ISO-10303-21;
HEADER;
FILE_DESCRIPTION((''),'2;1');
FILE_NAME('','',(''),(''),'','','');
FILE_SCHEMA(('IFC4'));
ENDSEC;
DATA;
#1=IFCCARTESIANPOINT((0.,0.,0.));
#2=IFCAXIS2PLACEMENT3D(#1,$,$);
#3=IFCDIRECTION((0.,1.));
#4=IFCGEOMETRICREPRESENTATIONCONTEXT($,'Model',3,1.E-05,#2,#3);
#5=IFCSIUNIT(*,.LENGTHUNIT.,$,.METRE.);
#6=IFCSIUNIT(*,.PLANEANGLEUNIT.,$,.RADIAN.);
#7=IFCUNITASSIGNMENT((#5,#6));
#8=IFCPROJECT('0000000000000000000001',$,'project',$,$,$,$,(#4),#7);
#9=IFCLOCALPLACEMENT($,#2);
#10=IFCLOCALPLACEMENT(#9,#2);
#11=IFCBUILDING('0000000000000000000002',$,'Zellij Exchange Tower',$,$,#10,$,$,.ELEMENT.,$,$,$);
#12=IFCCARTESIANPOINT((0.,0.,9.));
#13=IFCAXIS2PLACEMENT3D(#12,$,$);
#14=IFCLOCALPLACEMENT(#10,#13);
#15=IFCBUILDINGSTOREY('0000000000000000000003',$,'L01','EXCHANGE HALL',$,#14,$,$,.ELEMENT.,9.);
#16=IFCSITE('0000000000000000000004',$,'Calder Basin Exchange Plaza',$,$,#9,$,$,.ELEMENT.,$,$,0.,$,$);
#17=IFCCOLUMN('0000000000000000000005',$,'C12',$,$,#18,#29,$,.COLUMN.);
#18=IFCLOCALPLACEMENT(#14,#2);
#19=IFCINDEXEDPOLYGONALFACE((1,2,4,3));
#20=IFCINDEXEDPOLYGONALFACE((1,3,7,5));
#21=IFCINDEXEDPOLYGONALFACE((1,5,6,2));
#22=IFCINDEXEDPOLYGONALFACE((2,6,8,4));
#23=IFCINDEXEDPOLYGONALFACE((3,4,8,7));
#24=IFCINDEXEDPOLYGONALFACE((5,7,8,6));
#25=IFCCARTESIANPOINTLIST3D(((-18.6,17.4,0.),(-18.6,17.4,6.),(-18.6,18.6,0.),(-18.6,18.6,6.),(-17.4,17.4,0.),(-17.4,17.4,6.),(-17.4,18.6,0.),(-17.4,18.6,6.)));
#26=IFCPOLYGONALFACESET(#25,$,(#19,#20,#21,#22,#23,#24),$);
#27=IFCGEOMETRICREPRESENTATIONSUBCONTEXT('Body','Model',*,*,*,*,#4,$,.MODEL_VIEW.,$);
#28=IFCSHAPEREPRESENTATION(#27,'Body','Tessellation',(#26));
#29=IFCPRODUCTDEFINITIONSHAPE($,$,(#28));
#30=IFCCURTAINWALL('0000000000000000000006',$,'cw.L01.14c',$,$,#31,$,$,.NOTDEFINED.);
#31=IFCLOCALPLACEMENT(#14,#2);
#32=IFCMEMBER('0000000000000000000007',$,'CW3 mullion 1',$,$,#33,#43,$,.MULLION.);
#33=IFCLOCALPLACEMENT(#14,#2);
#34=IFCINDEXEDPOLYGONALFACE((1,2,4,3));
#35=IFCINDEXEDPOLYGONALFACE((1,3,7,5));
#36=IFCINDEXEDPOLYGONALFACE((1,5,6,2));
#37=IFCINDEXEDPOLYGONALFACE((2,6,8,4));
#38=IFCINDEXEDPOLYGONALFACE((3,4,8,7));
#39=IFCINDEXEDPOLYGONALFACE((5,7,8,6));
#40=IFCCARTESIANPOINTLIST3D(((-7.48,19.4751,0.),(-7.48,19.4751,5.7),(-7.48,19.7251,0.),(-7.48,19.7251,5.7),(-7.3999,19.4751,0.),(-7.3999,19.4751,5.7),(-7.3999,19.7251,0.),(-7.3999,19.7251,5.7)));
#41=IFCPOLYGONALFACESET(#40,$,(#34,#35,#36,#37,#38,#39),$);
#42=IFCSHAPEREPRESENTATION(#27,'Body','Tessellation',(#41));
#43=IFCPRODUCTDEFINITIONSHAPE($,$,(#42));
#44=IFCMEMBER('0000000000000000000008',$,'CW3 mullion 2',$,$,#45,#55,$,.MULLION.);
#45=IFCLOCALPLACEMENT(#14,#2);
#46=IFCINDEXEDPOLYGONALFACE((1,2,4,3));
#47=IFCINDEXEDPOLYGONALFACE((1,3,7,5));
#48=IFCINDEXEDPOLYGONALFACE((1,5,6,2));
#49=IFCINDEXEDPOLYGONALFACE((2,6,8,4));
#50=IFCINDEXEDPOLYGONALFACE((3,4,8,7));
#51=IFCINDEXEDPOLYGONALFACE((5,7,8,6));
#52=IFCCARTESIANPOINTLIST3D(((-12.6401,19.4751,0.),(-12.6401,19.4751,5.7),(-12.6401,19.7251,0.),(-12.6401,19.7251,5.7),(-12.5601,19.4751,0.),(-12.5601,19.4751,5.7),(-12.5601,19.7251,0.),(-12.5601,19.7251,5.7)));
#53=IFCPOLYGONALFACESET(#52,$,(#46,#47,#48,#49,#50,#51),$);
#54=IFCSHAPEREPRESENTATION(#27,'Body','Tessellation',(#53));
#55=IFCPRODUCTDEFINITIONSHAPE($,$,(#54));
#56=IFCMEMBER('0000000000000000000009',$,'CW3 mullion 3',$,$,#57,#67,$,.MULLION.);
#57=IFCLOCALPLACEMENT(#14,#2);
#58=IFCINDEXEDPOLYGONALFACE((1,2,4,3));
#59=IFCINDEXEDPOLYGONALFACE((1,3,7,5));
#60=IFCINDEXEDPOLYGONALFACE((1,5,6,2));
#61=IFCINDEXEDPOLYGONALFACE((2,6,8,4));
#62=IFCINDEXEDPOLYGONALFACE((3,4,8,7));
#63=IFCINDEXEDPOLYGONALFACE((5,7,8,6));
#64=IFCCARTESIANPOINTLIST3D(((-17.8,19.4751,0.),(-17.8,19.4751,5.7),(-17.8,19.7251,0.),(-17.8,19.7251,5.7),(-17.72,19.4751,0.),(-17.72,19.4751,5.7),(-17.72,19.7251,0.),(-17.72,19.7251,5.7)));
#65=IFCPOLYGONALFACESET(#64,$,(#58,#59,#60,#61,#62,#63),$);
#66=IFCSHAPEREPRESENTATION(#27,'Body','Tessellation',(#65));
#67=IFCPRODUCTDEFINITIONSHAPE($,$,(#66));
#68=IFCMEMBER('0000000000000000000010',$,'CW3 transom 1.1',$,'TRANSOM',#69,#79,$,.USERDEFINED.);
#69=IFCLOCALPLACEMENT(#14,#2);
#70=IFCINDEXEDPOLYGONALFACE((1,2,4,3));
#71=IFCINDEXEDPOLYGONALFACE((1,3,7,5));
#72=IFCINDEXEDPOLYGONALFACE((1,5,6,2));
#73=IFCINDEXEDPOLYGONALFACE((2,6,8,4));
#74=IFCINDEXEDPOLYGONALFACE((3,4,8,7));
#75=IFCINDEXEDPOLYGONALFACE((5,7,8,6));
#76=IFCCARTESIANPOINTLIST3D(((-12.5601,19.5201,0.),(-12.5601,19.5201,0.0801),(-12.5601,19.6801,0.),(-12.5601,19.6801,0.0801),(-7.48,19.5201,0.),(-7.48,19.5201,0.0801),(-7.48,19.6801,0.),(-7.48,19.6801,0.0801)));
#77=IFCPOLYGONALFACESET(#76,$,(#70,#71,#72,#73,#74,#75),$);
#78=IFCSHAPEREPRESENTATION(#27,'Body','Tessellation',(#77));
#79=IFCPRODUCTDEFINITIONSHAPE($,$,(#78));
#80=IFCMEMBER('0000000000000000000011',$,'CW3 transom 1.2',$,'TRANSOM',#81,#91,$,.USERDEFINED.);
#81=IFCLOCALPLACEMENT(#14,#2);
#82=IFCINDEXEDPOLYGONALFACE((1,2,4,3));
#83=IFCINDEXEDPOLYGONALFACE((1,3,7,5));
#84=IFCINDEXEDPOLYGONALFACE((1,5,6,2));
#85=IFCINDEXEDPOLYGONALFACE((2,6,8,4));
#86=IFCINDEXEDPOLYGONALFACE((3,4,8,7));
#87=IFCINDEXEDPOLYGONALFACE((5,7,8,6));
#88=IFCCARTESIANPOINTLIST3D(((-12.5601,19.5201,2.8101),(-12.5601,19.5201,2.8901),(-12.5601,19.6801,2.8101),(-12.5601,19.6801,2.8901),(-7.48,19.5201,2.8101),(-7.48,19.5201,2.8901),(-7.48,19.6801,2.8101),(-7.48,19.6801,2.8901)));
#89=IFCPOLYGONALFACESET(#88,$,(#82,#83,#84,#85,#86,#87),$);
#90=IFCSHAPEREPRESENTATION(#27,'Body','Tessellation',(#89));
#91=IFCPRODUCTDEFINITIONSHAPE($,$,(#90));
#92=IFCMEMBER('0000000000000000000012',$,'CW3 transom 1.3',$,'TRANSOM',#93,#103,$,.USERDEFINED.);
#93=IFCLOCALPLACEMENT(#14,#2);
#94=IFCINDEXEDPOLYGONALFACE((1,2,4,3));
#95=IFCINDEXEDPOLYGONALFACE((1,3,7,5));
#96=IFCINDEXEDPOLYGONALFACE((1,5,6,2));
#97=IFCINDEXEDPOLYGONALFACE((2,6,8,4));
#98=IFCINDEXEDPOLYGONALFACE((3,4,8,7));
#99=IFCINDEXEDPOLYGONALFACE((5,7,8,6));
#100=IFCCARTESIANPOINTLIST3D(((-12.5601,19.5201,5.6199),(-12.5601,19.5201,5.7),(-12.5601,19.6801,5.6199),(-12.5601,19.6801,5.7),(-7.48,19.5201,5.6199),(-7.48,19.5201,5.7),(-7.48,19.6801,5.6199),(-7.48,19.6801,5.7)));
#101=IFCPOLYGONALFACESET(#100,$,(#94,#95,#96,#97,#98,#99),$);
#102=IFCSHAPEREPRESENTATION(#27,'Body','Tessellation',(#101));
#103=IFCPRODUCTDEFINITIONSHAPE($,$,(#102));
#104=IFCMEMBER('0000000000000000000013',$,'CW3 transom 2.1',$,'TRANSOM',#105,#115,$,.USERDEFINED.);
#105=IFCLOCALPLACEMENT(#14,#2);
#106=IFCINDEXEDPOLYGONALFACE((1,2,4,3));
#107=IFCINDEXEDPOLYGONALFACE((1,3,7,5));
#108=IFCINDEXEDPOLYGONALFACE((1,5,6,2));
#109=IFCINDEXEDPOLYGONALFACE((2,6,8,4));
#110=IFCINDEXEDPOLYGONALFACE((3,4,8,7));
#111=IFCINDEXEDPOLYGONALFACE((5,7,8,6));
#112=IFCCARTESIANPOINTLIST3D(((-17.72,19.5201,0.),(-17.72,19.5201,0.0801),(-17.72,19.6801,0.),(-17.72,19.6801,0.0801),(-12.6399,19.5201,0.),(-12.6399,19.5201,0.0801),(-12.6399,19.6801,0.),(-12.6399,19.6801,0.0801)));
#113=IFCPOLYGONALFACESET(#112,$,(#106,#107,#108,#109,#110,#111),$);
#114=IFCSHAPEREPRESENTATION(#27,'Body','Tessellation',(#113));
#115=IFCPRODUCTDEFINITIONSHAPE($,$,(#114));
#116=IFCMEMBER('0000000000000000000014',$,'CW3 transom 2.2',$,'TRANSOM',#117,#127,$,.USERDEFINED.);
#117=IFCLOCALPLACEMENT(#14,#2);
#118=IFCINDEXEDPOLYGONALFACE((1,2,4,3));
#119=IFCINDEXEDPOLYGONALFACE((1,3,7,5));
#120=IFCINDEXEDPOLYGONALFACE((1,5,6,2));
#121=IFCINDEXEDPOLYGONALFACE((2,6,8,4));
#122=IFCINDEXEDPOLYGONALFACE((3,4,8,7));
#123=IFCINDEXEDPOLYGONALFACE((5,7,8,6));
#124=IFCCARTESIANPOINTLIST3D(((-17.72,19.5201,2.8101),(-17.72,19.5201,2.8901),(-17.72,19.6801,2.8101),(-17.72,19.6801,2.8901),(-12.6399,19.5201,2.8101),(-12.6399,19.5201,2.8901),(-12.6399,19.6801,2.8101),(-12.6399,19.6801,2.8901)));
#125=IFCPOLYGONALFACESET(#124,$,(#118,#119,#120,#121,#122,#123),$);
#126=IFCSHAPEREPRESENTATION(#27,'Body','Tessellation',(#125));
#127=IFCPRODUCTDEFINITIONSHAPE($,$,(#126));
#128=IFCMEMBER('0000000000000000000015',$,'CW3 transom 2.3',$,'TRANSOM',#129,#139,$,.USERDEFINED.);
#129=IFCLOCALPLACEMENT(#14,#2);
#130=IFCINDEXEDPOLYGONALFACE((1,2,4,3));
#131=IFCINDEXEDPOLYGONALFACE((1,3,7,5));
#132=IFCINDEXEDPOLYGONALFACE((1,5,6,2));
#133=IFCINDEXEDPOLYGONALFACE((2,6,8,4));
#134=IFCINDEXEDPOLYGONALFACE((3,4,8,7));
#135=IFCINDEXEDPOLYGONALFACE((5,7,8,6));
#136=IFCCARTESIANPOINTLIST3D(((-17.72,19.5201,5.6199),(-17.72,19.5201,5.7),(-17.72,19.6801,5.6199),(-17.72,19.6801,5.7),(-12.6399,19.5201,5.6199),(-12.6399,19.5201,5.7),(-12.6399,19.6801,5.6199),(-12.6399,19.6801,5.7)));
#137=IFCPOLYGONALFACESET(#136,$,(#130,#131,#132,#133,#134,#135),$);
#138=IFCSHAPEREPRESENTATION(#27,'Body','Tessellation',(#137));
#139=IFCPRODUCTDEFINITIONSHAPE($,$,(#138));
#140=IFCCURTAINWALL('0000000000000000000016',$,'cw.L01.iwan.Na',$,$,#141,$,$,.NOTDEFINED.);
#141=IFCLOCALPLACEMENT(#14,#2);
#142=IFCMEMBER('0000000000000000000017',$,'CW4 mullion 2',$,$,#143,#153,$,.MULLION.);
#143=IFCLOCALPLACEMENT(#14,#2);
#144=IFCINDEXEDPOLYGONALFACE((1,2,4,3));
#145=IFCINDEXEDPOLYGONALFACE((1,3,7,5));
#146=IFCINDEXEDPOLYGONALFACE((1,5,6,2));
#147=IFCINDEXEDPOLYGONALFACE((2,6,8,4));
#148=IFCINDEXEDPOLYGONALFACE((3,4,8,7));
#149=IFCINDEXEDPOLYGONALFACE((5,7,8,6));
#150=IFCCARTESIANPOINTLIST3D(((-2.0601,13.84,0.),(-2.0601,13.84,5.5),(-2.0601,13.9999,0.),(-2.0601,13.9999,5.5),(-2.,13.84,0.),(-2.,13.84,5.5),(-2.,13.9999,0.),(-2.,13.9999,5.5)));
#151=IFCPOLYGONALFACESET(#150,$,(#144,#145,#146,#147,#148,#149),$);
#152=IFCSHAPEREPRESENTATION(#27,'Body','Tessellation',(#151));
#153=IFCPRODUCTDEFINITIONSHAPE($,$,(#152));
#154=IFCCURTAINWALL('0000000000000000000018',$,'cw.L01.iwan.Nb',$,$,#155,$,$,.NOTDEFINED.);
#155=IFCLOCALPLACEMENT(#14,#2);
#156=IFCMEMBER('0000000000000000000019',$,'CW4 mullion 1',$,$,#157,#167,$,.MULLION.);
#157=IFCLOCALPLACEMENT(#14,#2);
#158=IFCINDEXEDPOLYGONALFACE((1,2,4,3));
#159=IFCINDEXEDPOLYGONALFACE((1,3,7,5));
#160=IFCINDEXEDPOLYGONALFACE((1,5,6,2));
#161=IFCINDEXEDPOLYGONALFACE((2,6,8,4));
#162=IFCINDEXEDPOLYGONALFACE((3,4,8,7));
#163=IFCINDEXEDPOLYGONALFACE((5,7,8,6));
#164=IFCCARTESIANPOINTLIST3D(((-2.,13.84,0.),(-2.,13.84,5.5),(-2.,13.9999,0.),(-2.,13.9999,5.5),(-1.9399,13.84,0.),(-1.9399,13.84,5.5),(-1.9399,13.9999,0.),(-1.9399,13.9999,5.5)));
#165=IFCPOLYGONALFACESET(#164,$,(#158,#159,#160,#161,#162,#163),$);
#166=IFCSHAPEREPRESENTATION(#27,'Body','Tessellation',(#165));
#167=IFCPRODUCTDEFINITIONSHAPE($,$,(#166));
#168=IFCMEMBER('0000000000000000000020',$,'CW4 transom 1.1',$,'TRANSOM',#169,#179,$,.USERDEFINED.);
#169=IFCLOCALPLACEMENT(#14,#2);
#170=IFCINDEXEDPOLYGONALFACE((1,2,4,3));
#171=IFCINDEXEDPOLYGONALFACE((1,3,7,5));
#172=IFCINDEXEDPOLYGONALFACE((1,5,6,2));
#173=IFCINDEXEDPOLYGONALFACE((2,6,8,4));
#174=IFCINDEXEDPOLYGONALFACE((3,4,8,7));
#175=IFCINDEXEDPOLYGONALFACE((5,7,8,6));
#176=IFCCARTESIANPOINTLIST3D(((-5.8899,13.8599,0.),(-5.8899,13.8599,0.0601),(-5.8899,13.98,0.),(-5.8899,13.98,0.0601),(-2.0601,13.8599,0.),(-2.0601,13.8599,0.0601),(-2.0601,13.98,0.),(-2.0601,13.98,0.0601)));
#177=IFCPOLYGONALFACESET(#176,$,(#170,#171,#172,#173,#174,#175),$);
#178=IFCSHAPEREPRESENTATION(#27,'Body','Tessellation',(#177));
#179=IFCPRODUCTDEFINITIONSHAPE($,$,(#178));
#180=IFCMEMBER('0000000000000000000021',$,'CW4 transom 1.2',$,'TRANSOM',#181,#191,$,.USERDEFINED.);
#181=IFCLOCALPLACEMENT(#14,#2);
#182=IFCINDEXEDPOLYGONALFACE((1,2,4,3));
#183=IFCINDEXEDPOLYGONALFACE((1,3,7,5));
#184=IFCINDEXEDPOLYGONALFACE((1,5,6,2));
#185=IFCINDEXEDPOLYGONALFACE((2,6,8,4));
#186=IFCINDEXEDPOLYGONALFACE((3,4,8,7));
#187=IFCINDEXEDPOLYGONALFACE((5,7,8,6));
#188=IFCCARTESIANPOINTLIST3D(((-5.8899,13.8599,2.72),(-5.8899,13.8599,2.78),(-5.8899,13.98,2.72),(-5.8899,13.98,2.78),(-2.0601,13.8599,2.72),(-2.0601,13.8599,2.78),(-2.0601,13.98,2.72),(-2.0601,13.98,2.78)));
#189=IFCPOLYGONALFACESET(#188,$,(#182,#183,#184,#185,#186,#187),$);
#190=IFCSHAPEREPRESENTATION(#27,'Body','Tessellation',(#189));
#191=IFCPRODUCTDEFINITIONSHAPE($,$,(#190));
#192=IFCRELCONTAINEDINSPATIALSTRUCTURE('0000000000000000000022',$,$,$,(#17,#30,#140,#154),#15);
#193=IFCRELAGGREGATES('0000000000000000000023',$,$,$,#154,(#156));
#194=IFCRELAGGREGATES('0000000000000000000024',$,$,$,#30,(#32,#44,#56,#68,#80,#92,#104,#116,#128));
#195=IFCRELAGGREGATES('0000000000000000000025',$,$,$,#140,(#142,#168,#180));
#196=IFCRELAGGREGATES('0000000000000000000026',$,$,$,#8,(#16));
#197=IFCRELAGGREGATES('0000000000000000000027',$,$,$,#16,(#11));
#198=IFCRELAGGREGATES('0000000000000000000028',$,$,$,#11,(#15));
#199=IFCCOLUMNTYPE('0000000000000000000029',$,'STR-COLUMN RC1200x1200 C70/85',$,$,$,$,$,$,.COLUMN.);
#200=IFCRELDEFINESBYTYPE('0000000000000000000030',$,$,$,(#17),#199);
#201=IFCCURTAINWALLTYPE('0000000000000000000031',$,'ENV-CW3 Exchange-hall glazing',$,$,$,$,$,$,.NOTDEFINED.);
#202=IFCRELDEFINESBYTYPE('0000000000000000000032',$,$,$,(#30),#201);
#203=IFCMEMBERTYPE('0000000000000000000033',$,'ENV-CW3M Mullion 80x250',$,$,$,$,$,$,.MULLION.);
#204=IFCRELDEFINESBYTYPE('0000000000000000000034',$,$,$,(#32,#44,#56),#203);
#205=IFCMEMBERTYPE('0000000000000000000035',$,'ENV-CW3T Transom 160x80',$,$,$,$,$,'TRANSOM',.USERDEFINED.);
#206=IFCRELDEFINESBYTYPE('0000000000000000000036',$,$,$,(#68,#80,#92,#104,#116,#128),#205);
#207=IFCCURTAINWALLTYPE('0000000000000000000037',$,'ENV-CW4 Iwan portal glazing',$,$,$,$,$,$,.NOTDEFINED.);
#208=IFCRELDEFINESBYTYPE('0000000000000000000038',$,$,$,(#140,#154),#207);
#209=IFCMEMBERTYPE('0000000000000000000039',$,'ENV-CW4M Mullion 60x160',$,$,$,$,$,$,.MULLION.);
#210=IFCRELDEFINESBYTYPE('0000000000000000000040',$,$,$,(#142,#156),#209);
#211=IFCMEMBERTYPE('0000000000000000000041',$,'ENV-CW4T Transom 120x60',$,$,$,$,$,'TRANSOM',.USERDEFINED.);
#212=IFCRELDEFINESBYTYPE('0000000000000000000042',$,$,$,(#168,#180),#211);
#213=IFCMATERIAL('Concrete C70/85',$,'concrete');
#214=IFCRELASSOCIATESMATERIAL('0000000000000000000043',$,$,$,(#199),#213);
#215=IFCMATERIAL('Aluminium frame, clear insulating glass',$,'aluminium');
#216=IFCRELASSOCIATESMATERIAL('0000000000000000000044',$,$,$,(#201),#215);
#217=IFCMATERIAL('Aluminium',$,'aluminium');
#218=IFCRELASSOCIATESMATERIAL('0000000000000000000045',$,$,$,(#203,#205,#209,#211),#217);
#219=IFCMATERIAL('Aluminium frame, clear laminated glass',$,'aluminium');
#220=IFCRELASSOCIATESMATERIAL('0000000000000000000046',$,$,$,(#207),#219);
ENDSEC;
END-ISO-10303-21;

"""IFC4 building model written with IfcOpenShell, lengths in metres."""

from ifc_helpers import new_model, si_unit, direction, frame, origin, origin_2d, place, context, subcontext, project, spatial, rectangle, extrude, material, material_profile, profile_set, type_object, element, aggregate, save


model = new_model("IFC4")

# Units and contexts
model_context = context("Model", 3, precision=1e-05, world=origin(), true_north=direction((0.0, 1.0)))
body_context = subcontext(model_context, "Body", "Model", "MODEL_VIEW")
ifc_project = project(units=[si_unit("LENGTHUNIT", "METRE"), si_unit("PLANEANGLEUNIT", "RADIAN")], contexts=[model_context])

# Site, building, storey
site_placement = place(None, origin())
site = spatial("IfcSite", under=ifc_project, at=site_placement, Name="Calder Basin Exchange Plaza", CompositionType="ELEMENT", RefElevation=0.0)
building_placement = place(site_placement, origin())
building = spatial("IfcBuilding", under=site, at=building_placement, Name="Zellij Exchange Tower", CompositionType="ELEMENT")
storey_placement = place(building_placement, frame((0.0, 0.0, 9.0)))
storey = spatial("IfcBuildingStorey", under=building, at=storey_placement, Name="L01", Description="EXCHANGE HALL", CompositionType="ELEMENT", Elevation=9.0)

# Column
ifc_material_1 = material(Name="Concrete C70/85", Category="concrete")
ifc_material_profile_1 = material_profile(ifc_material_1, rectangle(XDim=1.2, YDim=1.2, at=origin_2d()), Name="STR-COLUMN RC1200x1200 C70/85")
ifc_profile_set_1 = profile_set([ifc_material_profile_1], Name="Concrete C70/85")
column_type = type_object("IfcColumnType", Name="STR-COLUMN RC1200x1200 C70/85", PredefinedType="COLUMN", material=ifc_profile_set_1)
column_placement = place(storey_placement, frame((-18.0, 18.0, 0.0), z_axis=(0.0, 0.0, 1.0), x_axis=(1.0, 0.0, 0.0)))
element("IfcColumn", 1, at=column_placement, inside=storey, type_object=column_type, Name="C12", PredefinedType="COLUMN", context=body_context, shape_type="SweptSolid", body=[
    extrude(rectangle(XDim=1.2, YDim=1.2, at=origin_2d()), origin(), (0.0, 0.0, 1.0), 6.0),
])

# Curtain wall, members
ifc_material_2 = material(Name="Aluminium frame, clear insulating glass", Category="aluminium")
curtain_wall_type_1 = type_object("IfcCurtainWallType", Name="ENV-CW3 Exchange-hall glazing", PredefinedType="NOTDEFINED", material=ifc_material_2)
curtain_wall_1_placement = place(storey_placement, origin())
curtain_wall_1 = element("IfcCurtainWall", 2, at=curtain_wall_1_placement, inside=storey, type_object=curtain_wall_type_1, Name="cw.L01.14c", PredefinedType="NOTDEFINED")
ifc_material_3 = material(Name="Aluminium", Category="aluminium")
ifc_material_profile_2 = material_profile(ifc_material_3, rectangle(XDim=0.0801, YDim=0.25, at=origin_2d()), Name="AL 80x250")
ifc_profile_set_2 = profile_set([ifc_material_profile_2], Name="Aluminium")
member_type_1 = type_object("IfcMemberType", Name="ENV-CW3M Mullion 80x250", PredefinedType="MULLION", material=ifc_profile_set_2)
member_1_placement = place(storey_placement, frame((-7.4399, 19.6001, 0.0), z_axis=(0.0, 0.0, 1.0), x_axis=(-1.0, 0.0, 0.0)))
member_1 = element("IfcMember", 3, at=member_1_placement, type_object=member_type_1, Name="CW3 mullion 1", PredefinedType="MULLION", context=body_context, shape_type="SweptSolid", body=[
    extrude(rectangle(XDim=0.0801, YDim=0.25, at=origin_2d()), origin(), (0.0, 0.0, 1.0), 5.7),
])
member_2_placement = place(storey_placement, frame((-12.6001, 19.6001, 0.0), z_axis=(0.0, 0.0, 1.0), x_axis=(-1.0, 0.0, 0.0)))
member_2 = element("IfcMember", 4, at=member_2_placement, type_object=member_type_1, Name="CW3 mullion 2", PredefinedType="MULLION", context=body_context, shape_type="SweptSolid", body=[
    extrude(rectangle(XDim=0.0801, YDim=0.25, at=origin_2d()), origin(), (0.0, 0.0, 1.0), 5.7),
])
member_3_placement = place(storey_placement, frame((-17.76, 19.6001, 0.0), z_axis=(0.0, 0.0, 1.0), x_axis=(-1.0, 0.0, 0.0)))
member_3 = element("IfcMember", 5, at=member_3_placement, type_object=member_type_1, Name="CW3 mullion 3", PredefinedType="MULLION", context=body_context, shape_type="SweptSolid", body=[
    extrude(rectangle(XDim=0.0801, YDim=0.25, at=origin_2d()), origin(), (0.0, 0.0, 1.0), 5.7),
])
ifc_material_profile_3 = material_profile(ifc_material_3, rectangle(XDim=0.1599, YDim=0.0801, at=origin_2d()), Name="AL 160x80")
ifc_profile_set_3 = profile_set([ifc_material_profile_3], Name="Aluminium")
member_type_2 = type_object("IfcMemberType", Name="ENV-CW3T Transom 160x80", ElementType="TRANSOM", PredefinedType="USERDEFINED", material=ifc_profile_set_3)
member_4_placement = place(storey_placement, frame((-7.48, 19.6001, 0.04), z_axis=(-1.0, 0.0, 0.0), x_axis=(0.0, -1.0, 0.0)))
member_4 = element("IfcMember", 6, at=member_4_placement, type_object=member_type_2, Name="CW3 transom 1.1", ObjectType="TRANSOM", PredefinedType="USERDEFINED", context=body_context, shape_type="SweptSolid", body=[
    extrude(rectangle(XDim=0.1599, YDim=0.0801, at=origin_2d()), origin(), (0.0, 0.0, 1.0), 5.0801),
])
member_5_placement = place(storey_placement, frame((-7.48, 19.6001, 2.8501), z_axis=(-1.0, 0.0, 0.0), x_axis=(0.0, -1.0, 0.0)))
member_5 = element("IfcMember", 7, at=member_5_placement, type_object=member_type_2, Name="CW3 transom 1.2", ObjectType="TRANSOM", PredefinedType="USERDEFINED", context=body_context, shape_type="SweptSolid", body=[
    extrude(rectangle(XDim=0.1599, YDim=0.0801, at=origin_2d()), origin(), (0.0, 0.0, 1.0), 5.0801),
])
member_6_placement = place(storey_placement, frame((-7.48, 19.6001, 5.6599), z_axis=(-1.0, 0.0, 0.0), x_axis=(0.0, -1.0, 0.0)))
member_6 = element("IfcMember", 8, at=member_6_placement, type_object=member_type_2, Name="CW3 transom 1.3", ObjectType="TRANSOM", PredefinedType="USERDEFINED", context=body_context, shape_type="SweptSolid", body=[
    extrude(rectangle(XDim=0.1599, YDim=0.0801, at=origin_2d()), origin(), (0.0, 0.0, 1.0), 5.0801),
])
member_7_placement = place(storey_placement, frame((-12.6399, 19.6001, 0.04), z_axis=(-1.0, 0.0, 0.0), x_axis=(0.0, -1.0, 0.0)))
member_7 = element("IfcMember", 9, at=member_7_placement, type_object=member_type_2, Name="CW3 transom 2.1", ObjectType="TRANSOM", PredefinedType="USERDEFINED", context=body_context, shape_type="SweptSolid", body=[
    extrude(rectangle(XDim=0.1599, YDim=0.0801, at=origin_2d()), origin(), (0.0, 0.0, 1.0), 5.0801),
])
member_8_placement = place(storey_placement, frame((-12.6399, 19.6001, 2.8501), z_axis=(-1.0, 0.0, 0.0), x_axis=(0.0, -1.0, 0.0)))
member_8 = element("IfcMember", 10, at=member_8_placement, type_object=member_type_2, Name="CW3 transom 2.2", ObjectType="TRANSOM", PredefinedType="USERDEFINED", context=body_context, shape_type="SweptSolid", body=[
    extrude(rectangle(XDim=0.1599, YDim=0.0801, at=origin_2d()), origin(), (0.0, 0.0, 1.0), 5.0801),
])
member_9_placement = place(storey_placement, frame((-12.6399, 19.6001, 5.6599), z_axis=(-1.0, 0.0, 0.0), x_axis=(0.0, -1.0, 0.0)))
member_9 = element("IfcMember", 11, at=member_9_placement, type_object=member_type_2, Name="CW3 transom 2.3", ObjectType="TRANSOM", PredefinedType="USERDEFINED", context=body_context, shape_type="SweptSolid", body=[
    extrude(rectangle(XDim=0.1599, YDim=0.0801, at=origin_2d()), origin(), (0.0, 0.0, 1.0), 5.0801),
])

# Curtain walls, members
ifc_material_4 = material(Name="Aluminium frame, clear laminated glass", Category="aluminium")
curtain_wall_type_2 = type_object("IfcCurtainWallType", Name="ENV-CW4 Iwan portal glazing", PredefinedType="NOTDEFINED", material=ifc_material_4)
curtain_wall_2_placement = place(storey_placement, origin())
curtain_wall_2 = element("IfcCurtainWall", 12, at=curtain_wall_2_placement, inside=storey, type_object=curtain_wall_type_2, Name="cw.L01.iwan.Na", PredefinedType="NOTDEFINED")
ifc_material_profile_4 = material_profile(ifc_material_3, rectangle(XDim=0.0601, YDim=0.1599, at=origin_2d()), Name="AL 60x160")
ifc_profile_set_4 = profile_set([ifc_material_profile_4], Name="Aluminium")
member_type_3 = type_object("IfcMemberType", Name="ENV-CW4M Mullion 60x160", PredefinedType="MULLION", material=ifc_profile_set_4)
member_10_placement = place(storey_placement, frame((-2.03, 13.9199, 0.0), z_axis=(0.0, 0.0, 1.0), x_axis=(1.0, 0.0, 0.0)))
member_10 = element("IfcMember", 13, at=member_10_placement, type_object=member_type_3, Name="CW4 mullion 2", PredefinedType="MULLION", context=body_context, shape_type="SweptSolid", body=[
    extrude(rectangle(XDim=0.0601, YDim=0.1599, at=origin_2d()), origin(), (0.0, 0.0, 1.0), 5.5),
])
curtain_wall_3_placement = place(storey_placement, origin())
curtain_wall_3 = element("IfcCurtainWall", 14, at=curtain_wall_3_placement, inside=storey, type_object=curtain_wall_type_2, Name="cw.L01.iwan.Nb", PredefinedType="NOTDEFINED")
member_11_placement = place(storey_placement, frame((-1.97, 13.9199, 0.0), z_axis=(0.0, 0.0, 1.0), x_axis=(1.0, 0.0, 0.0)))
member_11 = element("IfcMember", 15, at=member_11_placement, type_object=member_type_3, Name="CW4 mullion 1", PredefinedType="MULLION", context=body_context, shape_type="SweptSolid", body=[
    extrude(rectangle(XDim=0.0601, YDim=0.1599, at=origin_2d()), origin(), (0.0, 0.0, 1.0), 5.5),
])

# Members
ifc_material_profile_5 = material_profile(ifc_material_3, rectangle(XDim=0.1201, YDim=0.0601, at=origin_2d()), Name="AL 120x60")
ifc_profile_set_5 = profile_set([ifc_material_profile_5], Name="Aluminium")
member_type_4 = type_object("IfcMemberType", Name="ENV-CW4T Transom 120x60", ElementType="TRANSOM", PredefinedType="USERDEFINED", material=ifc_profile_set_5)
member_12_placement = place(storey_placement, frame((-5.8899, 13.9199, 0.03), z_axis=(1.0, 0.0, 0.0), x_axis=(0.0, 1.0, 0.0)))
member_12 = element("IfcMember", 16, at=member_12_placement, type_object=member_type_4, Name="CW4 transom 1.1", ObjectType="TRANSOM", PredefinedType="USERDEFINED", context=body_context, shape_type="SweptSolid", body=[
    extrude(rectangle(XDim=0.1201, YDim=0.0601, at=origin_2d()), origin(), (0.0, 0.0, 1.0), 3.8298),
])
member_13_placement = place(storey_placement, frame((-5.8899, 13.9199, 2.75), z_axis=(1.0, 0.0, 0.0), x_axis=(0.0, 1.0, 0.0)))
member_13 = element("IfcMember", 17, at=member_13_placement, type_object=member_type_4, Name="CW4 transom 1.2", ObjectType="TRANSOM", PredefinedType="USERDEFINED", context=body_context, shape_type="SweptSolid", body=[
    extrude(rectangle(XDim=0.1201, YDim=0.0601, at=origin_2d()), origin(), (0.0, 0.0, 1.0), 3.8298),
])
aggregate(curtain_wall_3, [member_11])

aggregate(curtain_wall_1, [member_1, member_2, member_3, member_4, member_5, member_6, member_7, member_8, member_9])
aggregate(curtain_wall_2, [member_10, member_12, member_13])

save(model, "model.ifc")
